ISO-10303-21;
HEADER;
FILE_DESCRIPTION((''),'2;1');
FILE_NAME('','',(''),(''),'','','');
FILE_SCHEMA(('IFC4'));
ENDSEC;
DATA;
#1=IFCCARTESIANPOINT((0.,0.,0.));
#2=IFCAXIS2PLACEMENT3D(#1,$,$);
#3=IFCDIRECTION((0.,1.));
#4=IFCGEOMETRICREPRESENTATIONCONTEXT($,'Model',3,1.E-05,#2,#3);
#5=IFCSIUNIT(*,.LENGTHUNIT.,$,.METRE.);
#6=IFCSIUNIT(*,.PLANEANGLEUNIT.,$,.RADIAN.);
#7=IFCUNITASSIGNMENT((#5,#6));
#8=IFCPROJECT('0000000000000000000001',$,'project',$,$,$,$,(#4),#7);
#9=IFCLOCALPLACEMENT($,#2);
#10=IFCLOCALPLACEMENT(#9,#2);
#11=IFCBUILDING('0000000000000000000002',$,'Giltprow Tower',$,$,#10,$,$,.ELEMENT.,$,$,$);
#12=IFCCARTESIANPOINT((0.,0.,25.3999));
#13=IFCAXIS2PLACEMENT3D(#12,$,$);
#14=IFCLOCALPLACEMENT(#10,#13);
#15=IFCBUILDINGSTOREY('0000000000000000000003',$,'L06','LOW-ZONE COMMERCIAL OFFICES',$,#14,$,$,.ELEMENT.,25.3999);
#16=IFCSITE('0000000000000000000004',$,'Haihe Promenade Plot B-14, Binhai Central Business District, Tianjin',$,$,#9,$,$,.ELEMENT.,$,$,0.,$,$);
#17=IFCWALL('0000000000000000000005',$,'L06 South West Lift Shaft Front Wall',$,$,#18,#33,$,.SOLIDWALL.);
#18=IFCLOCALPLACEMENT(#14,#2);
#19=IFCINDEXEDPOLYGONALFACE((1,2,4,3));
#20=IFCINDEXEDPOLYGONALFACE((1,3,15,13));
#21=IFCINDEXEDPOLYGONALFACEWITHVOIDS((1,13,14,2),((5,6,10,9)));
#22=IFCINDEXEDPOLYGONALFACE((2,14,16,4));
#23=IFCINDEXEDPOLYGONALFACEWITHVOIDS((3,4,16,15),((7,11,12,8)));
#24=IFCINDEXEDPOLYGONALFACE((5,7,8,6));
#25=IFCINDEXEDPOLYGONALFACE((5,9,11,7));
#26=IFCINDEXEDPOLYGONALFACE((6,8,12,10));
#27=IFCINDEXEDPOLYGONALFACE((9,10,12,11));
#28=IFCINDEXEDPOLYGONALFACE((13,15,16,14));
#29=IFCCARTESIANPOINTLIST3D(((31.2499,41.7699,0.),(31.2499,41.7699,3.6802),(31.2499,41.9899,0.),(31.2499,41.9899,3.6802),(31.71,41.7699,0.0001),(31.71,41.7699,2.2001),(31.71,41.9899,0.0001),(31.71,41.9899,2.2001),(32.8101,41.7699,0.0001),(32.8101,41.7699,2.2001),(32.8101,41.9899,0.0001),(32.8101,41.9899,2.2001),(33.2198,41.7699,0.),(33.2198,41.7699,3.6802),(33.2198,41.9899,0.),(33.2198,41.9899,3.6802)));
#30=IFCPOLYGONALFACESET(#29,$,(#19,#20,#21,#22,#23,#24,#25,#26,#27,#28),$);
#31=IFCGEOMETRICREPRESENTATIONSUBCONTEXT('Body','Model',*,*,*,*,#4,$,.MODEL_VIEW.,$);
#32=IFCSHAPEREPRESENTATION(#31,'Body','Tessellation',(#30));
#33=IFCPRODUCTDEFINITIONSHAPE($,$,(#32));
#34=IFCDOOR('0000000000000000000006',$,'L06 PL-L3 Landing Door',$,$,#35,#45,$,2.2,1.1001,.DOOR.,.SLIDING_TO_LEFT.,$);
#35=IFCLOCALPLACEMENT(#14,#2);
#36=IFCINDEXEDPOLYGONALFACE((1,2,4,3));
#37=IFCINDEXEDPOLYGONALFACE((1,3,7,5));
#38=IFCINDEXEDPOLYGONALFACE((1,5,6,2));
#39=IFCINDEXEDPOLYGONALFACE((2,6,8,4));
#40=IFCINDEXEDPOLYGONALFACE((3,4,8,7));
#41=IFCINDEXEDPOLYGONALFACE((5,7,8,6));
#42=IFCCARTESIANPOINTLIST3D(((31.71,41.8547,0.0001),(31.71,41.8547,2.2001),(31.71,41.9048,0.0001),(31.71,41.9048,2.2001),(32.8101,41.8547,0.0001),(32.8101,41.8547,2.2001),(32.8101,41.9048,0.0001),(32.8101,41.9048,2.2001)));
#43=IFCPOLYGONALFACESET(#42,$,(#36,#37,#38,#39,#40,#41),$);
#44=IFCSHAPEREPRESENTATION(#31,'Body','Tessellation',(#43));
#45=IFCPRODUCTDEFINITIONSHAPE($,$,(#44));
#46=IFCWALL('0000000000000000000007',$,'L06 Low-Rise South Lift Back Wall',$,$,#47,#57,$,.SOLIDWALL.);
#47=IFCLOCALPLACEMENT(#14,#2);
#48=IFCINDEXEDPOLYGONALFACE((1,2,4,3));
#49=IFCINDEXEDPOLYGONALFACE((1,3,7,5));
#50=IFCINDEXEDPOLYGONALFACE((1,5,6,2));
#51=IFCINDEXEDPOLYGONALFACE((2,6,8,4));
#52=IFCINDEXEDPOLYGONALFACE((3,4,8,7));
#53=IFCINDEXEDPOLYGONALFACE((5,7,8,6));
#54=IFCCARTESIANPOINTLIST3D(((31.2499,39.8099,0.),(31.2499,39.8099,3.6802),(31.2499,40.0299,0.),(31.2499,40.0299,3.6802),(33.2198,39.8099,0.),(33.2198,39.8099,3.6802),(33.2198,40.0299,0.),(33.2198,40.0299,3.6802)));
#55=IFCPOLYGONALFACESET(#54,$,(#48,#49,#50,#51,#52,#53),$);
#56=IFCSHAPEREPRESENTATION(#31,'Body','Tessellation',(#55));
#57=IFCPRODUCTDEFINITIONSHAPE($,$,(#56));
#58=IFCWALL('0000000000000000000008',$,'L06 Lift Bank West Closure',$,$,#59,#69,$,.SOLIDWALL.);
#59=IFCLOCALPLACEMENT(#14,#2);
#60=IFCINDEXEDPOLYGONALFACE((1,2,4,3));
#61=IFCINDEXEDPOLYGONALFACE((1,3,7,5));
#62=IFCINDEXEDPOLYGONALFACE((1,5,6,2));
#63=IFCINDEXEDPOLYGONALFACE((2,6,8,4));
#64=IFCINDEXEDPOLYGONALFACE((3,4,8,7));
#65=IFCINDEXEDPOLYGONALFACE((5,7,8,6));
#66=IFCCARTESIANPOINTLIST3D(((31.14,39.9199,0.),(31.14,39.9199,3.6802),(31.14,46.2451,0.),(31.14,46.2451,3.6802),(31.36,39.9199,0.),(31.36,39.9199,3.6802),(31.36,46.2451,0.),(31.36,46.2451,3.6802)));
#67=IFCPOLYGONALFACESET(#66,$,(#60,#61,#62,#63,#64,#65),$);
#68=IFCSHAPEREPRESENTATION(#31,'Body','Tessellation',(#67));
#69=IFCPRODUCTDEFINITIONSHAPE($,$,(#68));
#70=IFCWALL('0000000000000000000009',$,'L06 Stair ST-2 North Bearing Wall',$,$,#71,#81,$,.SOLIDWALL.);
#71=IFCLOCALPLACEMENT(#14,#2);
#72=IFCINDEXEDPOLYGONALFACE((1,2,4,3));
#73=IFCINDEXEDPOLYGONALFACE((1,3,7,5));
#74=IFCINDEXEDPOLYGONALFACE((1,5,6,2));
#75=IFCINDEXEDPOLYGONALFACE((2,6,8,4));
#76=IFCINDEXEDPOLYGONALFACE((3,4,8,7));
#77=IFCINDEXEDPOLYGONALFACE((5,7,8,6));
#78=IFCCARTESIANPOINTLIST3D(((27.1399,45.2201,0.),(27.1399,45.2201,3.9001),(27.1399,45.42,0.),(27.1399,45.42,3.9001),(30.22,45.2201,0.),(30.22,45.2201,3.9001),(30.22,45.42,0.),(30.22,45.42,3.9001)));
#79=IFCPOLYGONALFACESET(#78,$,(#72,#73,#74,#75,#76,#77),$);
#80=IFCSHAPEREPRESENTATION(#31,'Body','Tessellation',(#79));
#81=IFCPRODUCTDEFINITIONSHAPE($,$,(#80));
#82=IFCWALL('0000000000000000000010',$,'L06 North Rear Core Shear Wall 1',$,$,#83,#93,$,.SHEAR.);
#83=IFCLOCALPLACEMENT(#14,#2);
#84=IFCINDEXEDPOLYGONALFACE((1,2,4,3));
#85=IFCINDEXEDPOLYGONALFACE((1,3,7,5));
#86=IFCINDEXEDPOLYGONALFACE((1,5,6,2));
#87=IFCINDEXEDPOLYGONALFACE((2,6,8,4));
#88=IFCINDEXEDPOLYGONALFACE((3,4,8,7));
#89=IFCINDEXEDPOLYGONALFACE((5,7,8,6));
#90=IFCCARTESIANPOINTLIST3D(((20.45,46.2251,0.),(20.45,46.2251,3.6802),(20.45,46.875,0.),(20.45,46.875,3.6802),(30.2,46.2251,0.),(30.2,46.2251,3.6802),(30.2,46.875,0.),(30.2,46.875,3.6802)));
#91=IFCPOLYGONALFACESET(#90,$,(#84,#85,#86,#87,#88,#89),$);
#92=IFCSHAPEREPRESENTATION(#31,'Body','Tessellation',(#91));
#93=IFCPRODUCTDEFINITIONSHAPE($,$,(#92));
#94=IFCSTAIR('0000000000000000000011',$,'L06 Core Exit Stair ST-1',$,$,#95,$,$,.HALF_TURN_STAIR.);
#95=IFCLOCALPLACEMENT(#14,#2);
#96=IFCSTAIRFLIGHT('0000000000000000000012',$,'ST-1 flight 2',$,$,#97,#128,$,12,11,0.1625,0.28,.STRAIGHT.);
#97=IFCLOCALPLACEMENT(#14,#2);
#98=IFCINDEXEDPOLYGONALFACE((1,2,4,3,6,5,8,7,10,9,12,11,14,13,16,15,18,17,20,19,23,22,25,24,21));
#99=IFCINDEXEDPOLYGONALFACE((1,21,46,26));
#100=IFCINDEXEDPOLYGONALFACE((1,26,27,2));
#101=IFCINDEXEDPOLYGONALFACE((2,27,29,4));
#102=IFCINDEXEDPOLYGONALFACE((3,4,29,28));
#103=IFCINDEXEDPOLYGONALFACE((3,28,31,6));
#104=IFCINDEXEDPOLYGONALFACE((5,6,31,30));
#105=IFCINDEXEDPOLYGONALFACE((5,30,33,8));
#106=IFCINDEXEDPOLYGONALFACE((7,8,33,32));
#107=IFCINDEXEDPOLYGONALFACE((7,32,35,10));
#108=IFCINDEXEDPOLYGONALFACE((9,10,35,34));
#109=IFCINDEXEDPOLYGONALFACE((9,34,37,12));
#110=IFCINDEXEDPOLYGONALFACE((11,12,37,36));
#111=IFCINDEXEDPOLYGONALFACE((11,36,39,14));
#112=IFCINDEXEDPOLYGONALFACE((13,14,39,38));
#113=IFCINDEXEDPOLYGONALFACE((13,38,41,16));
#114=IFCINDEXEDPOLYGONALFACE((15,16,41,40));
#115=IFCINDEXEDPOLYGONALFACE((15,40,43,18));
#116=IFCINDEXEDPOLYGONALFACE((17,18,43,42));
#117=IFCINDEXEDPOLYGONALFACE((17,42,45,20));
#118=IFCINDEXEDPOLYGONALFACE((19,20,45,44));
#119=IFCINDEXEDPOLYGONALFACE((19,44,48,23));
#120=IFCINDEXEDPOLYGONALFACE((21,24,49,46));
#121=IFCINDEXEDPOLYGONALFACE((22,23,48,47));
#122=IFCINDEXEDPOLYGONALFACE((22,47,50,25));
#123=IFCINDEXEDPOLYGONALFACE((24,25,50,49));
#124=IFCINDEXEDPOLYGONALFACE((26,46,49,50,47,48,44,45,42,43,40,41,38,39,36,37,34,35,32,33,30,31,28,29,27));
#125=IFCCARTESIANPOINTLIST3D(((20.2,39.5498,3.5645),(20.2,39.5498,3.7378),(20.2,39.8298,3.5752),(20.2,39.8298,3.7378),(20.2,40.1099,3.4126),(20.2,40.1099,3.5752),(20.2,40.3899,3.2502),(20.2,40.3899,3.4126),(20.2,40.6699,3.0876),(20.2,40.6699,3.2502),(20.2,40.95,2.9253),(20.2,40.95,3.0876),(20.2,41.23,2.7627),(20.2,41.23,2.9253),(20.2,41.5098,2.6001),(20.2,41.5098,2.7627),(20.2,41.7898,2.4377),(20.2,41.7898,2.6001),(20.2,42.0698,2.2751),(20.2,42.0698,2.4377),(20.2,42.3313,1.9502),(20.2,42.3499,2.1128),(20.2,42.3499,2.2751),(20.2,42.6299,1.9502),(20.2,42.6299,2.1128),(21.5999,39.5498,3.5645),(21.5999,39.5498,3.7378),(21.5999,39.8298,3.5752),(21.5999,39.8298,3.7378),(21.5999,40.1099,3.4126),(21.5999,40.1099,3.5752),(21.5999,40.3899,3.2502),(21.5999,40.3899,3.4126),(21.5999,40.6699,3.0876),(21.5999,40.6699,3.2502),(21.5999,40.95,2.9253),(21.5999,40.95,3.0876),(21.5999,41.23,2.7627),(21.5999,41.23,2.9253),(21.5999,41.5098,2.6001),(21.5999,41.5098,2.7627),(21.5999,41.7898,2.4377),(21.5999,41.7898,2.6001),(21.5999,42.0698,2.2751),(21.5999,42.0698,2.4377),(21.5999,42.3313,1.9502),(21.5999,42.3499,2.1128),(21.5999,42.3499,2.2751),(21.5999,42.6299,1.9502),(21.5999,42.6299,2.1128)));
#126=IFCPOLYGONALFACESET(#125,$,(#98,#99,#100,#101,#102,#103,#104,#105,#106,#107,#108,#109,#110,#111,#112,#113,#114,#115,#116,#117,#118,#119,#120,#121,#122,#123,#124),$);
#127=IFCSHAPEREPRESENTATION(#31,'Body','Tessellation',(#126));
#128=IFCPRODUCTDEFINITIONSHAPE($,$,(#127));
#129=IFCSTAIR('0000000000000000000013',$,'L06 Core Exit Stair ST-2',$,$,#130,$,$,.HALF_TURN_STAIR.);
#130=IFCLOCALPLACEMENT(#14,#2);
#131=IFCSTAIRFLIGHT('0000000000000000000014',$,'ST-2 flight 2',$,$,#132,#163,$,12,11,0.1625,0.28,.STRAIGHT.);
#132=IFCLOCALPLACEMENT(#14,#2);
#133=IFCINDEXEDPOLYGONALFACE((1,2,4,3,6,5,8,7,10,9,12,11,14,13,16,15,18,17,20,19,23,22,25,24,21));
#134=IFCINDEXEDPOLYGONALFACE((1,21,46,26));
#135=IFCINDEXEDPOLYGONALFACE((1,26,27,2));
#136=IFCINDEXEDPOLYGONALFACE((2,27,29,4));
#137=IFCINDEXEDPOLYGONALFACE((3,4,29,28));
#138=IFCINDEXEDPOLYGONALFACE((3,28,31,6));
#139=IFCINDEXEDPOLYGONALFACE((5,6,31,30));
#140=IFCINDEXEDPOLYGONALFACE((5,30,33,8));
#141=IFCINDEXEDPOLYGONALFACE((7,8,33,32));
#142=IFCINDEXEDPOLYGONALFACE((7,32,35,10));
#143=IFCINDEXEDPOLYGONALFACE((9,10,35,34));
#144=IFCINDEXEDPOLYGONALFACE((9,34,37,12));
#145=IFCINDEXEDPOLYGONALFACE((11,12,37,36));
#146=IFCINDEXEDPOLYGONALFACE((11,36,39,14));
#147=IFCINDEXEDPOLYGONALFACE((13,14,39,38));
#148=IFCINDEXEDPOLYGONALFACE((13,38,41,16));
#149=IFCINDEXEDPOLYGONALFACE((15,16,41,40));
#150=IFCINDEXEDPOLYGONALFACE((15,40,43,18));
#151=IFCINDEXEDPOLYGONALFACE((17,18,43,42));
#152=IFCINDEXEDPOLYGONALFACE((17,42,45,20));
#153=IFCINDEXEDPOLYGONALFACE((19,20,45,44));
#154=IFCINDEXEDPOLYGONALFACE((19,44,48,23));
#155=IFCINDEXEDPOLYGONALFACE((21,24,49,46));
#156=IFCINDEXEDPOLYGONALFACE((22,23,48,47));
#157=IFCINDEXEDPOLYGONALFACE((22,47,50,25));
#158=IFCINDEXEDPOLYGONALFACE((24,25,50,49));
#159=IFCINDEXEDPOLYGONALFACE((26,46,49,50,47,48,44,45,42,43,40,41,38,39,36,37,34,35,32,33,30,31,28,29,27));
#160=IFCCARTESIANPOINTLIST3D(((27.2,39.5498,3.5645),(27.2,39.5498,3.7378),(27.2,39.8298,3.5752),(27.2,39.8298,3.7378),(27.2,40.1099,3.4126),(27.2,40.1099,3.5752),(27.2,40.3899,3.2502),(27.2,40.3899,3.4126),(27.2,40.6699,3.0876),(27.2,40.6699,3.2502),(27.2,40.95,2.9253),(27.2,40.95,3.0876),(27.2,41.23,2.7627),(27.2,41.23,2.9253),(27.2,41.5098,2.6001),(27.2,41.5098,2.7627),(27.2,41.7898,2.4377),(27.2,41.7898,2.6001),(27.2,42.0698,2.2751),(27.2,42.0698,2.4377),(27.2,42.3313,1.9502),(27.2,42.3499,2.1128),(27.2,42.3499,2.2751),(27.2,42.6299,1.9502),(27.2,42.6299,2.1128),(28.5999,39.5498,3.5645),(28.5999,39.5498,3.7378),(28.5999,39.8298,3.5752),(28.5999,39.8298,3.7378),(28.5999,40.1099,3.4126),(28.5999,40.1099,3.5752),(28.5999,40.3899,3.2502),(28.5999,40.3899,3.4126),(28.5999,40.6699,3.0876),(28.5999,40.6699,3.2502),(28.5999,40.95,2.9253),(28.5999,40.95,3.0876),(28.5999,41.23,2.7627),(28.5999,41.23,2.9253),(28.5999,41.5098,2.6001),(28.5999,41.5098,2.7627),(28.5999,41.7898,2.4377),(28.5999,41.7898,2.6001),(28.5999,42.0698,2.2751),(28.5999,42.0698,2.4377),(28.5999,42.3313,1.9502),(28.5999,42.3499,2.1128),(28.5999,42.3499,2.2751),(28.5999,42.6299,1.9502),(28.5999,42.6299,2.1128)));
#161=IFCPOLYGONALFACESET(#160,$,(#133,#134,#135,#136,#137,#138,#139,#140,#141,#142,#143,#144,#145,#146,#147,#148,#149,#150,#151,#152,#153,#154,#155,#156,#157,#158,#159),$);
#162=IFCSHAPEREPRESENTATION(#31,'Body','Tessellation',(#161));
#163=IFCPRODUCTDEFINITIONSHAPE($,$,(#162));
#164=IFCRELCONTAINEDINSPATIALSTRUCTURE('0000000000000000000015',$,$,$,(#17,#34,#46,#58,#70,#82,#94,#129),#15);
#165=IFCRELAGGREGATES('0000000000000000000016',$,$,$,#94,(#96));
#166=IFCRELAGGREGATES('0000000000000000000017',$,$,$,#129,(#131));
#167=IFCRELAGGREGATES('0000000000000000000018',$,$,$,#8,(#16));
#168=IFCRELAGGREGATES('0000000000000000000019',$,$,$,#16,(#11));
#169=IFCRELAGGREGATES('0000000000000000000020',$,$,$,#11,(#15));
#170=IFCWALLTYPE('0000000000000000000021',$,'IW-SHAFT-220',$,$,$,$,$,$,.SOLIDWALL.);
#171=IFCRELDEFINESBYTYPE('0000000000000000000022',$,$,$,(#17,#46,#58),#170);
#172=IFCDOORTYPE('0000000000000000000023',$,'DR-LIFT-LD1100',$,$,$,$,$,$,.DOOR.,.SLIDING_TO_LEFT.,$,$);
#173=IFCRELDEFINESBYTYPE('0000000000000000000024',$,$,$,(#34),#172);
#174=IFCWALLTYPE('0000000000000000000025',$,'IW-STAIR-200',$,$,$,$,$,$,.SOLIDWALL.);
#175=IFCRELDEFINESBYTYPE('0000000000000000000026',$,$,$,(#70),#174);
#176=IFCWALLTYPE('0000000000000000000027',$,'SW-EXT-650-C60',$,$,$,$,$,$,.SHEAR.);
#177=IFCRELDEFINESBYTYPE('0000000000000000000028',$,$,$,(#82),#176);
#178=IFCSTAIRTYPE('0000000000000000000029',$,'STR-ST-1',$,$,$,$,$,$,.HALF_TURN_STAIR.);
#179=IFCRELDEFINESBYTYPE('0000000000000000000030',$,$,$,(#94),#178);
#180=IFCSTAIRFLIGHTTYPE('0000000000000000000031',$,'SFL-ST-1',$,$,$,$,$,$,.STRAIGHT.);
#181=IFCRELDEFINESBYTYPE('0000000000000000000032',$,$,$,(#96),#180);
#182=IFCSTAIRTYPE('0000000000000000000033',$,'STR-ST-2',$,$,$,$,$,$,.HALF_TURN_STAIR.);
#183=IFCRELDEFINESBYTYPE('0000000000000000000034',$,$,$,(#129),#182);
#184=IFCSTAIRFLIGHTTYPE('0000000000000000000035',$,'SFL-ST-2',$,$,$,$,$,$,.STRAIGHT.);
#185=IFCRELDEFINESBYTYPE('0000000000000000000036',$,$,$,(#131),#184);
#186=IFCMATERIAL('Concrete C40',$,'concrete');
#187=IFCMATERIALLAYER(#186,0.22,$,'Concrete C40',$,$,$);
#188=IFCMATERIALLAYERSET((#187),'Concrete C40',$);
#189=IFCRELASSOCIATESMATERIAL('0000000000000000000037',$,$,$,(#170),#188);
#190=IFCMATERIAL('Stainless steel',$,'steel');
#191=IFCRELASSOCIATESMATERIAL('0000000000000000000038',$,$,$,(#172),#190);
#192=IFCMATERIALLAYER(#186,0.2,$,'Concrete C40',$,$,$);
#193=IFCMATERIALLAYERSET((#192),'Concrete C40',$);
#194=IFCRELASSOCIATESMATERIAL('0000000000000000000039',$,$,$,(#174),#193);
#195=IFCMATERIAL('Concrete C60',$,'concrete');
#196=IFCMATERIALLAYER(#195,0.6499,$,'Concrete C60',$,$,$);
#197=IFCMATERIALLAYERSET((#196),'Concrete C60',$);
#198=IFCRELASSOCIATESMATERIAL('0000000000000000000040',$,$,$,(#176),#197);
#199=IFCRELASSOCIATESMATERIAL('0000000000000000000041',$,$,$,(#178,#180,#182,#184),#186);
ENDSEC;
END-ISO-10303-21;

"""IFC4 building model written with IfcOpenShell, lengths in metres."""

from ifc_helpers import new_model, si_unit, direction, frame, frame_2d, origin, place, context, subcontext, project, spatial, polyline, rectangle, outline, extrude, source, transform, mapped, material, layer, layer_set, type_object, element, fill, aggregate, save


model = new_model("IFC4")

# Units and contexts
model_context = context("Model", 3, precision=1e-05, world=origin(), true_north=direction((0.0, 1.0)))
body_context = subcontext(model_context, "Body", "Model", "MODEL_VIEW")
ifc_project = project(units=[si_unit("LENGTHUNIT", "METRE"), si_unit("PLANEANGLEUNIT", "RADIAN")], contexts=[model_context])

# Site, building, storey
site_placement = place(None, origin())
site = spatial("IfcSite", under=ifc_project, at=site_placement, Name="Haihe Promenade Plot B-14, Binhai Central Business District, Tianjin", CompositionType="ELEMENT", RefElevation=0.0)
building_placement = place(site_placement, origin())
building = spatial("IfcBuilding", under=site, at=building_placement, Name="Giltprow Tower", CompositionType="ELEMENT")
storey_placement = place(building_placement, frame((0.0, 0.0, 25.3999)))
storey = spatial("IfcBuildingStorey", under=building, at=storey_placement, Name="L06", Description="LOW-ZONE COMMERCIAL OFFICES", CompositionType="ELEMENT", Elevation=25.3999)

# Shared definitions
ifc_material_1 = material(Name="Concrete C60", Category="concrete")

# Shared definitions
ifc_material_2 = material(Name="Concrete C40", Category="concrete")
ifc_layer_1 = layer(ifc_material_2, 0.22, Name="Concrete C40")
ifc_layer_set_1 = layer_set([ifc_layer_1], Name="Concrete C40")
wall_type_1 = type_object("IfcWallType", Name="IW-SHAFT-220", PredefinedType="SOLIDWALL", material=ifc_layer_set_1)
ifc_material_3 = material(Name="Stainless steel", Category="steel")
door_type = type_object("IfcDoorType", Name="DR-LIFT-LD1100", OperationType="SLIDING_TO_LEFT", PredefinedType="DOOR", material=ifc_material_3)
shared_shape_1 = source(origin(), body_context, "Body", "SweptSolid", [
    extrude(rectangle(XDim=1.1001, YDim=2.2, at=frame_2d((0.55, 1.1001))), frame((0.0, 0.0249, 0.0), z_axis=(0.0, -1.0, 0.0), x_axis=(1.0, 0.0, 0.0)), (0.0, 0.0, 1.0), 0.05),
])

# Wall, opening, door
wall_1_placement = place(storey_placement, frame((31.25, 41.8799, 0.0), z_axis=(0.0, 0.0, 1.0), x_axis=(1.0, 0.0, 0.0)))
wall_1 = element("IfcWall", 1, at=wall_1_placement, inside=storey, type_object=wall_type_1, Name="L06 South West Lift Shaft Front Wall", PredefinedType="SOLIDWALL", context=body_context, shape_type="SweptSolid", body=[
    extrude(rectangle(XDim=1.97, YDim=0.22, at=frame_2d((0.9849, 0.0))), origin(), (0.0, 0.0, 1.0), 3.6802),
])
opening_1_placement = place(wall_1_placement, frame((0.46, 0.0, 0.0)))
opening_1 = element("IfcOpeningElement", 2, at=opening_1_placement, cuts=wall_1, PredefinedType="OPENING", context=body_context, shape_type="SweptSolid", body=[
    extrude(rectangle(XDim=1.1001, YDim=2.2, at=frame_2d((0.55, 1.1001))), frame((0.0, 0.1199, 0.0), z_axis=(0.0, -1.0, 0.0), x_axis=(1.0, 0.0, 0.0)), (0.0, 0.0, 1.0), 0.24),
])
door_1_placement = place(opening_1_placement, origin())
door_1 = element("IfcDoor", 3, at=door_1_placement, inside=storey, type_object=door_type, Name="L06 PL-L3 Landing Door", OperationType="SLIDING_TO_LEFT", OverallHeight=2.2, OverallWidth=1.1001, PredefinedType="DOOR", context=body_context, shape_type="MappedRepresentation", body=[
    mapped(shared_shape_1, transform((0.0, 0.0, 0.0), x_axis=(1.0, 0.0, 0.0), y_axis=(0.0, 1.0, 0.0), z_axis=(0.0, 0.0, 1.0), scale=1.0)),
])
fill(opening_1, door_1)

# Walls
wall_2_placement = place(storey_placement, frame((31.25, 39.9199, 0.0), z_axis=(0.0, 0.0, 1.0), x_axis=(1.0, 0.0, 0.0)))
element("IfcWall", 4, at=wall_2_placement, inside=storey, type_object=wall_type_1, Name="L06 Low-Rise South Lift Back Wall", PredefinedType="SOLIDWALL", context=body_context, shape_type="SweptSolid", body=[
    extrude(rectangle(XDim=1.97, YDim=0.22, at=frame_2d((0.9849, 0.0))), origin(), (0.0, 0.0, 1.0), 3.6802),
])
wall_3_placement = place(storey_placement, frame((31.25, 39.9199, 0.0), z_axis=(0.0, 0.0, 1.0), x_axis=(0.0, 1.0, 0.0)))
element("IfcWall", 5, at=wall_3_placement, inside=storey, type_object=wall_type_1, Name="L06 Lift Bank West Closure", PredefinedType="SOLIDWALL", context=body_context, shape_type="SweptSolid", body=[
    extrude(rectangle(XDim=6.3252, YDim=0.22, at=frame_2d((3.1626, 0.0))), origin(), (0.0, 0.0, 1.0), 3.6802),
])
ifc_layer_2 = layer(ifc_material_2, 0.2, Name="Concrete C40")
ifc_layer_set_2 = layer_set([ifc_layer_2], Name="Concrete C40")
wall_type_2 = type_object("IfcWallType", Name="IW-STAIR-200", PredefinedType="SOLIDWALL", material=ifc_layer_set_2)
wall_4_placement = place(storey_placement, frame((27.1399, 45.3201, 0.0), z_axis=(0.0, 0.0, 1.0), x_axis=(1.0, 0.0, 0.0)))
element("IfcWall", 6, at=wall_4_placement, inside=storey, type_object=wall_type_2, Name="L06 Stair ST-2 North Bearing Wall", PredefinedType="SOLIDWALL", context=body_context, shape_type="SweptSolid", body=[
    extrude(rectangle(XDim=3.0801, YDim=0.2, at=frame_2d((1.54, 0.0))), origin(), (0.0, 0.0, 1.0), 3.9001),
])
ifc_layer_3 = layer(ifc_material_1, 0.6499, Name="Concrete C60")
ifc_layer_set_3 = layer_set([ifc_layer_3], Name="Concrete C60")
wall_type_3 = type_object("IfcWallType", Name="SW-EXT-650-C60", PredefinedType="SHEAR", material=ifc_layer_set_3)
wall_5_placement = place(storey_placement, frame((20.45, 46.55, 0.0), z_axis=(0.0, 0.0, 1.0), x_axis=(1.0, 0.0, 0.0)))
element("IfcWall", 7, at=wall_5_placement, inside=storey, type_object=wall_type_3, Name="L06 North Rear Core Shear Wall 1", PredefinedType="SHEAR", context=body_context, shape_type="SweptSolid", body=[
    extrude(rectangle(XDim=9.75, YDim=0.6499, at=frame_2d((4.875, 0.0))), origin(), (0.0, 0.0, 1.0), 3.6802),
])

# Stairs, stair flights
stair_type_1 = type_object("IfcStairType", Name="STR-ST-1", PredefinedType="HALF_TURN_STAIR", material=ifc_material_2)
stair_1_placement = place(storey_placement, origin())
stair_1 = element("IfcStair", 8, at=stair_1_placement, inside=storey, type_object=stair_type_1, Name="L06 Core Exit Stair ST-1", PredefinedType="HALF_TURN_STAIR")
stair_flight_type_1 = type_object("IfcStairFlightType", Name="SFL-ST-1", PredefinedType="STRAIGHT", material=ifc_material_2)
stair_flight_1_placement = place(storey_placement, frame((20.8999, 42.6299, 1.9502), z_axis=(0.0, 0.0, 1.0), x_axis=(0.0, -1.0, 0.0)))
stair_flight_1 = element("IfcStairFlight", 9, at=stair_flight_1_placement, type_object=stair_flight_type_1, Name="ST-1 flight 2", NumberOfRisers=12, NumberOfTreads=11, PredefinedType="STRAIGHT", RiserHeight=0.1625, TreadLength=0.28, context=body_context, shape_type="SweptSolid", body=[
    extrude(outline(polyline([(0.0, 0.0), (0.0, 0.1626), (0.28, 0.1626), (0.28, 0.325), (0.5601, 0.325), (0.5601, 0.4875), (0.8401, 0.4875), (0.8401, 0.6499), (1.1201, 0.6499), (1.1201, 0.8125), (1.3999, 0.8125), (1.3999, 0.9751), (1.6799, 0.9751), (1.6799, 1.1375), (1.96, 1.1375), (1.96, 1.3), (2.24, 1.3), (2.24, 1.4624), (2.52, 1.4624), (2.52, 1.625), (2.8, 1.625), (2.8, 1.7876), (3.0801, 1.7876), (3.0801, 1.95), (3.0801, 1.6143), (0.2986, 0.0), (0.0, 0.0)])), frame((0.0, 0.7, 0.0), z_axis=(0.0, -1.0, 0.0), x_axis=(1.0, 0.0, 0.0)), (0.0, 0.0, 1.0), 1.3999),
])
aggregate(stair_1, [stair_flight_1])
stair_type_2 = type_object("IfcStairType", Name="STR-ST-2", PredefinedType="HALF_TURN_STAIR", material=ifc_material_2)
stair_2_placement = place(storey_placement, origin())
stair_2 = element("IfcStair", 10, at=stair_2_placement, inside=storey, type_object=stair_type_2, Name="L06 Core Exit Stair ST-2", PredefinedType="HALF_TURN_STAIR")
stair_flight_type_2 = type_object("IfcStairFlightType", Name="SFL-ST-2", PredefinedType="STRAIGHT", material=ifc_material_2)
stair_flight_2_placement = place(storey_placement, frame((27.8999, 42.6299, 1.9502), z_axis=(0.0, 0.0, 1.0), x_axis=(0.0, -1.0, 0.0)))
stair_flight_2 = element("IfcStairFlight", 11, at=stair_flight_2_placement, type_object=stair_flight_type_2, Name="ST-2 flight 2", NumberOfRisers=12, NumberOfTreads=11, PredefinedType="STRAIGHT", RiserHeight=0.1625, TreadLength=0.28, context=body_context, shape_type="SweptSolid", body=[
    extrude(outline(polyline([(0.0, 0.0), (0.0, 0.1626), (0.28, 0.1626), (0.28, 0.325), (0.5601, 0.325), (0.5601, 0.4875), (0.8401, 0.4875), (0.8401, 0.6499), (1.1201, 0.6499), (1.1201, 0.8125), (1.3999, 0.8125), (1.3999, 0.9751), (1.6799, 0.9751), (1.6799, 1.1375), (1.96, 1.1375), (1.96, 1.3), (2.24, 1.3), (2.24, 1.4624), (2.52, 1.4624), (2.52, 1.625), (2.8, 1.625), (2.8, 1.7876), (3.0801, 1.7876), (3.0801, 1.95), (3.0801, 1.6143), (0.2986, 0.0), (0.0, 0.0)])), frame((0.0, 0.7, 0.0), z_axis=(0.0, -1.0, 0.0), x_axis=(1.0, 0.0, 0.0)), (0.0, 0.0, 1.0), 1.3999),
])
aggregate(stair_2, [stair_flight_2])

save(model, "model.ifc")
